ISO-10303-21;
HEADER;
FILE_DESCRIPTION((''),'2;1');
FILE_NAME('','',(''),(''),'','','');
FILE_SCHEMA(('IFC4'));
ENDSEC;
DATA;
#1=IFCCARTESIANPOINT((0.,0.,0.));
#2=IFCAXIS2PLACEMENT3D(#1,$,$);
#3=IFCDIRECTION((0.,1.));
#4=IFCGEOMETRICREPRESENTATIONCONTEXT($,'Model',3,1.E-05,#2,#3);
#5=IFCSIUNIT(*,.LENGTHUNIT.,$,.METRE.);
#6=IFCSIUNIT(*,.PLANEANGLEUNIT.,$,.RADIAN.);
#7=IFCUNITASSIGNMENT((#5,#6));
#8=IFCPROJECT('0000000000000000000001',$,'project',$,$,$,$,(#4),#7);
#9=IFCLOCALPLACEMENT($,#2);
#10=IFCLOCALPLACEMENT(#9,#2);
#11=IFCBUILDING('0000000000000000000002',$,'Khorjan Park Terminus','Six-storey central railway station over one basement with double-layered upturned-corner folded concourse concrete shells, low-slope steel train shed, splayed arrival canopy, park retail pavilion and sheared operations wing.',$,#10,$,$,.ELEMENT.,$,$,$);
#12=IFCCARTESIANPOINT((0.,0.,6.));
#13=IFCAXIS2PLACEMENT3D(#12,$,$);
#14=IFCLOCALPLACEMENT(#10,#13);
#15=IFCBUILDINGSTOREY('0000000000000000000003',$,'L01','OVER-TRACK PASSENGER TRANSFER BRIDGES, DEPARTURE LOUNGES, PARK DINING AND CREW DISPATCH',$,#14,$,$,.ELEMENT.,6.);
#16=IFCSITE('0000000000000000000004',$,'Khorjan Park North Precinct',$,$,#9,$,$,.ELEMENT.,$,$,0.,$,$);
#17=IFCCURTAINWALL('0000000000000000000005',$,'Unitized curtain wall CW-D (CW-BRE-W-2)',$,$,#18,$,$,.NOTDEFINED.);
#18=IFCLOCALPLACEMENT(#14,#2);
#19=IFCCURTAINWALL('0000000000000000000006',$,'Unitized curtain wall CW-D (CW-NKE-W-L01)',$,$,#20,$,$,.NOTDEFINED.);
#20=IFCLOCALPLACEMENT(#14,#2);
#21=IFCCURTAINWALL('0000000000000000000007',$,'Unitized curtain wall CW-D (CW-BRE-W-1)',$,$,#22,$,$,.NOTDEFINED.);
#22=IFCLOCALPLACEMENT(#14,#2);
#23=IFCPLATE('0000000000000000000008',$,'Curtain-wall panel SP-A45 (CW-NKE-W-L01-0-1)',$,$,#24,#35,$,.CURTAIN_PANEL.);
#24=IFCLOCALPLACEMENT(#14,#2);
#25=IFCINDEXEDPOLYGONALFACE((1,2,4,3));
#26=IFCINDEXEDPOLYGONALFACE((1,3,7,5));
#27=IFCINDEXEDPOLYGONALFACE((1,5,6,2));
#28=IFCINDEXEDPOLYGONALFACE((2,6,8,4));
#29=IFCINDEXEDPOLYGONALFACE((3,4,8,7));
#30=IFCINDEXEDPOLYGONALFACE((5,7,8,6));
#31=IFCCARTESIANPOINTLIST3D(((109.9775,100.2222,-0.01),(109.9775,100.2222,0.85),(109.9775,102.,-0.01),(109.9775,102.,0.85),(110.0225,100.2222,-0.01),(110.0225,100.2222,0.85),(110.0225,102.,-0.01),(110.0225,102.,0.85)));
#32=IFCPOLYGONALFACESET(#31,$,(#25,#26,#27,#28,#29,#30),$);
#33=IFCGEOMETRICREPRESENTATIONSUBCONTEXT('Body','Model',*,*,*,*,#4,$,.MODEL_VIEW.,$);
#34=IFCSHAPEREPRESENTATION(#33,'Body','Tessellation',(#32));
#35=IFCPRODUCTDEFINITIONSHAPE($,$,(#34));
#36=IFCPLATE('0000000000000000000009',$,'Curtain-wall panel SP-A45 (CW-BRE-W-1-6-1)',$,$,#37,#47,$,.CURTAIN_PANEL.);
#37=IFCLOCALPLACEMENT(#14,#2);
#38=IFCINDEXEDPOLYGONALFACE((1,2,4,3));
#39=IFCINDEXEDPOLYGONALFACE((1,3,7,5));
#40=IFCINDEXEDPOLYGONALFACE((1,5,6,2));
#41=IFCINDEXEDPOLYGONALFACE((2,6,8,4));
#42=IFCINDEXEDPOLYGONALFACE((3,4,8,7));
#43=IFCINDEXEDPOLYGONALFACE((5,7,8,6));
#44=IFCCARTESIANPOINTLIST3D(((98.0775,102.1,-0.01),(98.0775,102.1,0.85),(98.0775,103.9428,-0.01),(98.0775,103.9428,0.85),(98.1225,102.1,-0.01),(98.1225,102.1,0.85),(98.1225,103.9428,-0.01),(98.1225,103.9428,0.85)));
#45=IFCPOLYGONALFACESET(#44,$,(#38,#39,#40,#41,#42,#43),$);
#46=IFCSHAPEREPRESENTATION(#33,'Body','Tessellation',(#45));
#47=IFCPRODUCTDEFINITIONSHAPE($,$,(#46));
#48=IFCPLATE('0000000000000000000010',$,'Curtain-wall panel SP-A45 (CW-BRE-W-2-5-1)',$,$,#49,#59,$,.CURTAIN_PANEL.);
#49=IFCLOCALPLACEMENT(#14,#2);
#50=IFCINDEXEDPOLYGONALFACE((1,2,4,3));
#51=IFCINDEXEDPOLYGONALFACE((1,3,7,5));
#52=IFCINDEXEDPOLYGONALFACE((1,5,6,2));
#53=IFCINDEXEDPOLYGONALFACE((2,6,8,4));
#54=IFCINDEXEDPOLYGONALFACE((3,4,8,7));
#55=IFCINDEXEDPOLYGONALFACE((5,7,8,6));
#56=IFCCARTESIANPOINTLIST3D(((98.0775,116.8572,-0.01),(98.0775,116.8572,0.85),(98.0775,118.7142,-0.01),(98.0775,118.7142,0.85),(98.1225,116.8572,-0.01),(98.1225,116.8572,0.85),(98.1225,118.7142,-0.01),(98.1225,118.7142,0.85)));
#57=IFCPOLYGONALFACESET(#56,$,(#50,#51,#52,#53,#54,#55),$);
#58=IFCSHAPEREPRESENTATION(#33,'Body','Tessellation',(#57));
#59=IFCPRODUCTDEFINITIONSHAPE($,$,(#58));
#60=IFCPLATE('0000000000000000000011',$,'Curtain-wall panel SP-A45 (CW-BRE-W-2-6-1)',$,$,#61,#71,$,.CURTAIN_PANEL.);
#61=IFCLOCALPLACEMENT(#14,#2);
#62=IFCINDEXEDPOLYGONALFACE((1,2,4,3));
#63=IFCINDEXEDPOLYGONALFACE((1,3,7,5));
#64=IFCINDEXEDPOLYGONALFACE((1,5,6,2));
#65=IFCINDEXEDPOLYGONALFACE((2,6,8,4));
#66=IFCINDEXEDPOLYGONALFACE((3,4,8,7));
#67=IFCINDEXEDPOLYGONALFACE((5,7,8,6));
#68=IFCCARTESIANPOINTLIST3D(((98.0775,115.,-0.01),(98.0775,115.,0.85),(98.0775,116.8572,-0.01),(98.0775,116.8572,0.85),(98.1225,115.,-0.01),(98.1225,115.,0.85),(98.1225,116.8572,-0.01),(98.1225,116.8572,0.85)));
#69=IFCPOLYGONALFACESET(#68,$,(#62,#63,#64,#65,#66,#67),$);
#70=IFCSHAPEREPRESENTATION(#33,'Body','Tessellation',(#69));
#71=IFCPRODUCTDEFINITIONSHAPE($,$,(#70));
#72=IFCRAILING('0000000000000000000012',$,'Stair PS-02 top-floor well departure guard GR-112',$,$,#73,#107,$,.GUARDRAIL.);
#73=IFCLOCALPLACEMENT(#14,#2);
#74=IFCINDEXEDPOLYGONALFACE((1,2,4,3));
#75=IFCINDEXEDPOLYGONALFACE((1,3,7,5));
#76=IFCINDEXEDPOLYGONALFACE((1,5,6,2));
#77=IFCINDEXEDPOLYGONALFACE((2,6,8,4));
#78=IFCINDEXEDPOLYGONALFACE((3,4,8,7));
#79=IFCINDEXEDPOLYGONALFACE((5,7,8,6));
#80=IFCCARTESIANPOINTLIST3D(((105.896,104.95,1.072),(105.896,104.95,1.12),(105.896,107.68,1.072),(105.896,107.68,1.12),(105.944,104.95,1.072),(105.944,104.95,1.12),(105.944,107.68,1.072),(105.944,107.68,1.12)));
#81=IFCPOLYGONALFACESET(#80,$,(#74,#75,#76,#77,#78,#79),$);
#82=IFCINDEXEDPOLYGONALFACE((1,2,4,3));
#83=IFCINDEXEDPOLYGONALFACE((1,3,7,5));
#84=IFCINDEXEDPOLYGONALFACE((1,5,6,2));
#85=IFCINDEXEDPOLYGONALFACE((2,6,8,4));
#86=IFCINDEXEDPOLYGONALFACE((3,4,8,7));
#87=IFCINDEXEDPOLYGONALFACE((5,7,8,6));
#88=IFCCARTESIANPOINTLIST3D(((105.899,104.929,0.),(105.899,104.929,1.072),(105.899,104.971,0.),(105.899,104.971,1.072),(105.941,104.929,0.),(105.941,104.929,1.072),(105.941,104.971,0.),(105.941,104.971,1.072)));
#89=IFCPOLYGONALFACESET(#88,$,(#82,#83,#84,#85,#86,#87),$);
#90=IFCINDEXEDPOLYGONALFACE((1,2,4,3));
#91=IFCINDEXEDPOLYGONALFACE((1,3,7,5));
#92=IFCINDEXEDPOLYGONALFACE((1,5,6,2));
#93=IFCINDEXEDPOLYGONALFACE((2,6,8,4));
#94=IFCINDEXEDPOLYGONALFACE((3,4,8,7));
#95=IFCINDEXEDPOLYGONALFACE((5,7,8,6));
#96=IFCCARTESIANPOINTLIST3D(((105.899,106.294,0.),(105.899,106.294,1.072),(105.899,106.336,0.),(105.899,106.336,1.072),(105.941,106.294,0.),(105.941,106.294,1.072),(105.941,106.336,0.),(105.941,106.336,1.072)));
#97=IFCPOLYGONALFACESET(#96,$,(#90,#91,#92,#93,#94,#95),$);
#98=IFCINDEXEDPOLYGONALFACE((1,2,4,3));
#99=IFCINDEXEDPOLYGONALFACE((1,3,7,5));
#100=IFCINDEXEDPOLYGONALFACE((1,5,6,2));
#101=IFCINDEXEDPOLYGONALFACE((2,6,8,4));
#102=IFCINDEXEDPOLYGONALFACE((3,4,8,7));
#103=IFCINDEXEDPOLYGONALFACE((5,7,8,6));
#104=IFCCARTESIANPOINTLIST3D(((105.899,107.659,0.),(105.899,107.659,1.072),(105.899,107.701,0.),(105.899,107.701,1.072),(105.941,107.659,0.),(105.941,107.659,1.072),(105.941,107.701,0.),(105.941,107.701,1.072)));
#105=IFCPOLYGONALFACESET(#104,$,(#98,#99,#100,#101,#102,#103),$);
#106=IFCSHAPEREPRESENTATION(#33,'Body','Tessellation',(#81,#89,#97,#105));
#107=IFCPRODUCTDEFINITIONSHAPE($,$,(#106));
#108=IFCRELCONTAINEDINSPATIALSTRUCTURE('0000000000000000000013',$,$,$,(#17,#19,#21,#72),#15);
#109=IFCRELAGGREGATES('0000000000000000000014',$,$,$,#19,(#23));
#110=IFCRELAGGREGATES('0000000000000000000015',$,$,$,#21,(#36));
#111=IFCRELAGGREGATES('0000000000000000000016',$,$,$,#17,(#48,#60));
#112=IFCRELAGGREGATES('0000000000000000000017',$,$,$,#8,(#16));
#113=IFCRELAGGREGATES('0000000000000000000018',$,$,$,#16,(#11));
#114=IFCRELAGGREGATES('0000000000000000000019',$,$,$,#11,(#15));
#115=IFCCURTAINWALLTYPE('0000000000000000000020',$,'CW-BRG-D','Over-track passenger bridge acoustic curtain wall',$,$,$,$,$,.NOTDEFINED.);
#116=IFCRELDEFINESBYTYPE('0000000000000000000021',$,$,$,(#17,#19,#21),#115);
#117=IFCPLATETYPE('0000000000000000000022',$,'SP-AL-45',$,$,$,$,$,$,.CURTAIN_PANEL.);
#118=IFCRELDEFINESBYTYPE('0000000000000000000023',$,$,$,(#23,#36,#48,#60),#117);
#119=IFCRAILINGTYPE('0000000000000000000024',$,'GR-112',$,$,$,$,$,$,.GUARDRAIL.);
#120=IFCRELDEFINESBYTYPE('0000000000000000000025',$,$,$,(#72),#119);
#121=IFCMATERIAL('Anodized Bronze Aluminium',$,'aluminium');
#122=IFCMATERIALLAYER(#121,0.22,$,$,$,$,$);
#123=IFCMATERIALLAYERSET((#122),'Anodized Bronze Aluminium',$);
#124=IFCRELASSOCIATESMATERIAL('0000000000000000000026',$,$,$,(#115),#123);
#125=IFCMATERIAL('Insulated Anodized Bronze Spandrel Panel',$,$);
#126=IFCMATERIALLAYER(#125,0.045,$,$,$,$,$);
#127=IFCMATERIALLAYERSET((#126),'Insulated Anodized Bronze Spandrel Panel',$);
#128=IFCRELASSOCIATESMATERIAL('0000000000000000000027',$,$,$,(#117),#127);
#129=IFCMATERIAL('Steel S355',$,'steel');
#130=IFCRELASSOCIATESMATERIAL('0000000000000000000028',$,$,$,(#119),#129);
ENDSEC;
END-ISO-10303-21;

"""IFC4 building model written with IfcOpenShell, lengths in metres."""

from ifc_helpers import new_model, si_unit, direction, frame, origin, origin_2d, place, context, subcontext, project, spatial, rectangle, extrude, material, layer, layer_set, type_object, element, aggregate, save


model = new_model("IFC4")

# Units and contexts
model_context = context("Model", 3, precision=1e-05, world=origin(), true_north=direction((0.0, 1.0)))
body_context = subcontext(model_context, "Body", "Model", "MODEL_VIEW")
ifc_project = project(units=[si_unit("LENGTHUNIT", "METRE"), si_unit("PLANEANGLEUNIT", "RADIAN")], contexts=[model_context])

# Site, building, storey
site_placement = place(None, origin())
site = spatial("IfcSite", under=ifc_project, at=site_placement, Name="Khorjan Park North Precinct", CompositionType="ELEMENT", RefElevation=0.0)
building_placement = place(site_placement, origin())
building = spatial("IfcBuilding", under=site, at=building_placement, Name="Khorjan Park Terminus", Description="Six-storey central railway station over one basement with double-layered upturned-corner folded concourse concrete shells, low-slope steel train shed, splayed arrival canopy, park retail pavilion and sheared operations wing.", CompositionType="ELEMENT")
storey_placement = place(building_placement, frame((0.0, 0.0, 6.0)))
storey = spatial("IfcBuildingStorey", under=building, at=storey_placement, Name="L01", Description="OVER-TRACK PASSENGER TRANSFER BRIDGES, DEPARTURE LOUNGES, PARK DINING AND CREW DISPATCH", CompositionType="ELEMENT", Elevation=6.0)

# Shared definitions
ifc_material_1 = material(Name="Steel S355", Category="steel")

# Curtain walls
ifc_material_2 = material(Name="Anodized Bronze Aluminium", Category="aluminium")
ifc_layer_1 = layer(ifc_material_2, 0.22)
ifc_layer_set_1 = layer_set([ifc_layer_1], Name="Anodized Bronze Aluminium")
curtain_wall_type = type_object("IfcCurtainWallType", Name="CW-BRG-D", Description="Over-track passenger bridge acoustic curtain wall", PredefinedType="NOTDEFINED", material=ifc_layer_set_1)
curtain_wall_1_placement = place(storey_placement, origin())
curtain_wall_1 = element("IfcCurtainWall", 1, at=curtain_wall_1_placement, inside=storey, type_object=curtain_wall_type, Name="Unitized curtain wall CW-D (CW-BRE-W-2)", PredefinedType="NOTDEFINED")
curtain_wall_2_placement = place(storey_placement, origin())
curtain_wall_2 = element("IfcCurtainWall", 2, at=curtain_wall_2_placement, inside=storey, type_object=curtain_wall_type, Name="Unitized curtain wall CW-D (CW-NKE-W-L01)", PredefinedType="NOTDEFINED")
curtain_wall_3_placement = place(storey_placement, origin())
curtain_wall_3 = element("IfcCurtainWall", 3, at=curtain_wall_3_placement, inside=storey, type_object=curtain_wall_type, Name="Unitized curtain wall CW-D (CW-BRE-W-1)", PredefinedType="NOTDEFINED")

# Plates
ifc_material_3 = material(Name="Insulated Anodized Bronze Spandrel Panel")
ifc_layer_2 = layer(ifc_material_3, 0.045)
ifc_layer_set_2 = layer_set([ifc_layer_2], Name="Insulated Anodized Bronze Spandrel Panel")
plate_type_1 = type_object("IfcPlateType", Name="SP-AL-45", PredefinedType="CURTAIN_PANEL", material=ifc_layer_set_2)
plate_1_placement = place(storey_placement, frame((110.0, 101.1111, -0.01), z_axis=(0.0, 0.0, 1.0), x_axis=(0.0, -1.0, 0.0)))
plate_1 = element("IfcPlate", 4, at=plate_1_placement, type_object=plate_type_1, Name="Curtain-wall panel SP-A45 (CW-NKE-W-L01-0-1)", PredefinedType="CURTAIN_PANEL", context=body_context, shape_type="SweptSolid", body=[
    extrude(rectangle(XDim=1.7778, YDim=0.045, at=origin_2d()), origin(), (0.0, 0.0, 1.0), 0.86),
])
aggregate(curtain_wall_2, [plate_1])
plate_2_placement = place(storey_placement, frame((98.1, 103.0214, -0.01), z_axis=(0.0, 0.0, 1.0), x_axis=(0.0, -1.0, 0.0)))
plate_2 = element("IfcPlate", 5, at=plate_2_placement, type_object=plate_type_1, Name="Curtain-wall panel SP-A45 (CW-BRE-W-1-6-1)", PredefinedType="CURTAIN_PANEL", context=body_context, shape_type="SweptSolid", body=[
    extrude(rectangle(XDim=1.8429, YDim=0.045, at=origin_2d()), origin(), (0.0, 0.0, 1.0), 0.86),
])
aggregate(curtain_wall_3, [plate_2])
plate_3_placement = place(storey_placement, frame((98.1, 117.7857, -0.01), z_axis=(0.0, 0.0, 1.0), x_axis=(0.0, -1.0, 0.0)))
plate_3 = element("IfcPlate", 6, at=plate_3_placement, type_object=plate_type_1, Name="Curtain-wall panel SP-A45 (CW-BRE-W-2-5-1)", PredefinedType="CURTAIN_PANEL", context=body_context, shape_type="SweptSolid", body=[
    extrude(rectangle(XDim=1.8571, YDim=0.045, at=origin_2d()), origin(), (0.0, 0.0, 1.0), 0.86),
])
plate_4_placement = place(storey_placement, frame((98.1, 115.9286, -0.01), z_axis=(0.0, 0.0, 1.0), x_axis=(0.0, -1.0, 0.0)))
plate_4 = element("IfcPlate", 7, at=plate_4_placement, type_object=plate_type_1, Name="Curtain-wall panel SP-A45 (CW-BRE-W-2-6-1)", PredefinedType="CURTAIN_PANEL", context=body_context, shape_type="SweptSolid", body=[
    extrude(rectangle(XDim=1.8571, YDim=0.045, at=origin_2d()), origin(), (0.0, 0.0, 1.0), 0.86),
])
aggregate(curtain_wall_1, [plate_3, plate_4])

# Railing
railing_type_1 = type_object("IfcRailingType", Name="GR-112", PredefinedType="GUARDRAIL", material=ifc_material_1)
railing_1_placement = place(storey_placement, frame((105.92, 104.95, 0.0)))
element("IfcRailing", 8, at=railing_1_placement, inside=storey, type_object=railing_type_1, Name="Stair PS-02 top-floor well departure guard GR-112", PredefinedType="GUARDRAIL", context=body_context, shape_type="SweptSolid", body=[
    extrude(rectangle(XDim=0.048, YDim=0.048, at=origin_2d()), frame((0.0, 0.0, 1.096), z_axis=(0.0, 1.0, 0.0), x_axis=(-1.0, 0.0, 0.0)), (0.0, 0.0, 1.0), 2.73),
    extrude(rectangle(XDim=0.042, YDim=0.042, at=origin_2d()), origin(), (0.0, 0.0, 1.0), 1.072),
    extrude(rectangle(XDim=0.042, YDim=0.042, at=origin_2d()), frame((0.0, 1.365, 0.0)), (0.0, 0.0, 1.0), 1.072),
    extrude(rectangle(XDim=0.042, YDim=0.042, at=origin_2d()), frame((0.0, 2.73, 0.0)), (0.0, 0.0, 1.0), 1.072),
])

save(model, "model.ifc")
